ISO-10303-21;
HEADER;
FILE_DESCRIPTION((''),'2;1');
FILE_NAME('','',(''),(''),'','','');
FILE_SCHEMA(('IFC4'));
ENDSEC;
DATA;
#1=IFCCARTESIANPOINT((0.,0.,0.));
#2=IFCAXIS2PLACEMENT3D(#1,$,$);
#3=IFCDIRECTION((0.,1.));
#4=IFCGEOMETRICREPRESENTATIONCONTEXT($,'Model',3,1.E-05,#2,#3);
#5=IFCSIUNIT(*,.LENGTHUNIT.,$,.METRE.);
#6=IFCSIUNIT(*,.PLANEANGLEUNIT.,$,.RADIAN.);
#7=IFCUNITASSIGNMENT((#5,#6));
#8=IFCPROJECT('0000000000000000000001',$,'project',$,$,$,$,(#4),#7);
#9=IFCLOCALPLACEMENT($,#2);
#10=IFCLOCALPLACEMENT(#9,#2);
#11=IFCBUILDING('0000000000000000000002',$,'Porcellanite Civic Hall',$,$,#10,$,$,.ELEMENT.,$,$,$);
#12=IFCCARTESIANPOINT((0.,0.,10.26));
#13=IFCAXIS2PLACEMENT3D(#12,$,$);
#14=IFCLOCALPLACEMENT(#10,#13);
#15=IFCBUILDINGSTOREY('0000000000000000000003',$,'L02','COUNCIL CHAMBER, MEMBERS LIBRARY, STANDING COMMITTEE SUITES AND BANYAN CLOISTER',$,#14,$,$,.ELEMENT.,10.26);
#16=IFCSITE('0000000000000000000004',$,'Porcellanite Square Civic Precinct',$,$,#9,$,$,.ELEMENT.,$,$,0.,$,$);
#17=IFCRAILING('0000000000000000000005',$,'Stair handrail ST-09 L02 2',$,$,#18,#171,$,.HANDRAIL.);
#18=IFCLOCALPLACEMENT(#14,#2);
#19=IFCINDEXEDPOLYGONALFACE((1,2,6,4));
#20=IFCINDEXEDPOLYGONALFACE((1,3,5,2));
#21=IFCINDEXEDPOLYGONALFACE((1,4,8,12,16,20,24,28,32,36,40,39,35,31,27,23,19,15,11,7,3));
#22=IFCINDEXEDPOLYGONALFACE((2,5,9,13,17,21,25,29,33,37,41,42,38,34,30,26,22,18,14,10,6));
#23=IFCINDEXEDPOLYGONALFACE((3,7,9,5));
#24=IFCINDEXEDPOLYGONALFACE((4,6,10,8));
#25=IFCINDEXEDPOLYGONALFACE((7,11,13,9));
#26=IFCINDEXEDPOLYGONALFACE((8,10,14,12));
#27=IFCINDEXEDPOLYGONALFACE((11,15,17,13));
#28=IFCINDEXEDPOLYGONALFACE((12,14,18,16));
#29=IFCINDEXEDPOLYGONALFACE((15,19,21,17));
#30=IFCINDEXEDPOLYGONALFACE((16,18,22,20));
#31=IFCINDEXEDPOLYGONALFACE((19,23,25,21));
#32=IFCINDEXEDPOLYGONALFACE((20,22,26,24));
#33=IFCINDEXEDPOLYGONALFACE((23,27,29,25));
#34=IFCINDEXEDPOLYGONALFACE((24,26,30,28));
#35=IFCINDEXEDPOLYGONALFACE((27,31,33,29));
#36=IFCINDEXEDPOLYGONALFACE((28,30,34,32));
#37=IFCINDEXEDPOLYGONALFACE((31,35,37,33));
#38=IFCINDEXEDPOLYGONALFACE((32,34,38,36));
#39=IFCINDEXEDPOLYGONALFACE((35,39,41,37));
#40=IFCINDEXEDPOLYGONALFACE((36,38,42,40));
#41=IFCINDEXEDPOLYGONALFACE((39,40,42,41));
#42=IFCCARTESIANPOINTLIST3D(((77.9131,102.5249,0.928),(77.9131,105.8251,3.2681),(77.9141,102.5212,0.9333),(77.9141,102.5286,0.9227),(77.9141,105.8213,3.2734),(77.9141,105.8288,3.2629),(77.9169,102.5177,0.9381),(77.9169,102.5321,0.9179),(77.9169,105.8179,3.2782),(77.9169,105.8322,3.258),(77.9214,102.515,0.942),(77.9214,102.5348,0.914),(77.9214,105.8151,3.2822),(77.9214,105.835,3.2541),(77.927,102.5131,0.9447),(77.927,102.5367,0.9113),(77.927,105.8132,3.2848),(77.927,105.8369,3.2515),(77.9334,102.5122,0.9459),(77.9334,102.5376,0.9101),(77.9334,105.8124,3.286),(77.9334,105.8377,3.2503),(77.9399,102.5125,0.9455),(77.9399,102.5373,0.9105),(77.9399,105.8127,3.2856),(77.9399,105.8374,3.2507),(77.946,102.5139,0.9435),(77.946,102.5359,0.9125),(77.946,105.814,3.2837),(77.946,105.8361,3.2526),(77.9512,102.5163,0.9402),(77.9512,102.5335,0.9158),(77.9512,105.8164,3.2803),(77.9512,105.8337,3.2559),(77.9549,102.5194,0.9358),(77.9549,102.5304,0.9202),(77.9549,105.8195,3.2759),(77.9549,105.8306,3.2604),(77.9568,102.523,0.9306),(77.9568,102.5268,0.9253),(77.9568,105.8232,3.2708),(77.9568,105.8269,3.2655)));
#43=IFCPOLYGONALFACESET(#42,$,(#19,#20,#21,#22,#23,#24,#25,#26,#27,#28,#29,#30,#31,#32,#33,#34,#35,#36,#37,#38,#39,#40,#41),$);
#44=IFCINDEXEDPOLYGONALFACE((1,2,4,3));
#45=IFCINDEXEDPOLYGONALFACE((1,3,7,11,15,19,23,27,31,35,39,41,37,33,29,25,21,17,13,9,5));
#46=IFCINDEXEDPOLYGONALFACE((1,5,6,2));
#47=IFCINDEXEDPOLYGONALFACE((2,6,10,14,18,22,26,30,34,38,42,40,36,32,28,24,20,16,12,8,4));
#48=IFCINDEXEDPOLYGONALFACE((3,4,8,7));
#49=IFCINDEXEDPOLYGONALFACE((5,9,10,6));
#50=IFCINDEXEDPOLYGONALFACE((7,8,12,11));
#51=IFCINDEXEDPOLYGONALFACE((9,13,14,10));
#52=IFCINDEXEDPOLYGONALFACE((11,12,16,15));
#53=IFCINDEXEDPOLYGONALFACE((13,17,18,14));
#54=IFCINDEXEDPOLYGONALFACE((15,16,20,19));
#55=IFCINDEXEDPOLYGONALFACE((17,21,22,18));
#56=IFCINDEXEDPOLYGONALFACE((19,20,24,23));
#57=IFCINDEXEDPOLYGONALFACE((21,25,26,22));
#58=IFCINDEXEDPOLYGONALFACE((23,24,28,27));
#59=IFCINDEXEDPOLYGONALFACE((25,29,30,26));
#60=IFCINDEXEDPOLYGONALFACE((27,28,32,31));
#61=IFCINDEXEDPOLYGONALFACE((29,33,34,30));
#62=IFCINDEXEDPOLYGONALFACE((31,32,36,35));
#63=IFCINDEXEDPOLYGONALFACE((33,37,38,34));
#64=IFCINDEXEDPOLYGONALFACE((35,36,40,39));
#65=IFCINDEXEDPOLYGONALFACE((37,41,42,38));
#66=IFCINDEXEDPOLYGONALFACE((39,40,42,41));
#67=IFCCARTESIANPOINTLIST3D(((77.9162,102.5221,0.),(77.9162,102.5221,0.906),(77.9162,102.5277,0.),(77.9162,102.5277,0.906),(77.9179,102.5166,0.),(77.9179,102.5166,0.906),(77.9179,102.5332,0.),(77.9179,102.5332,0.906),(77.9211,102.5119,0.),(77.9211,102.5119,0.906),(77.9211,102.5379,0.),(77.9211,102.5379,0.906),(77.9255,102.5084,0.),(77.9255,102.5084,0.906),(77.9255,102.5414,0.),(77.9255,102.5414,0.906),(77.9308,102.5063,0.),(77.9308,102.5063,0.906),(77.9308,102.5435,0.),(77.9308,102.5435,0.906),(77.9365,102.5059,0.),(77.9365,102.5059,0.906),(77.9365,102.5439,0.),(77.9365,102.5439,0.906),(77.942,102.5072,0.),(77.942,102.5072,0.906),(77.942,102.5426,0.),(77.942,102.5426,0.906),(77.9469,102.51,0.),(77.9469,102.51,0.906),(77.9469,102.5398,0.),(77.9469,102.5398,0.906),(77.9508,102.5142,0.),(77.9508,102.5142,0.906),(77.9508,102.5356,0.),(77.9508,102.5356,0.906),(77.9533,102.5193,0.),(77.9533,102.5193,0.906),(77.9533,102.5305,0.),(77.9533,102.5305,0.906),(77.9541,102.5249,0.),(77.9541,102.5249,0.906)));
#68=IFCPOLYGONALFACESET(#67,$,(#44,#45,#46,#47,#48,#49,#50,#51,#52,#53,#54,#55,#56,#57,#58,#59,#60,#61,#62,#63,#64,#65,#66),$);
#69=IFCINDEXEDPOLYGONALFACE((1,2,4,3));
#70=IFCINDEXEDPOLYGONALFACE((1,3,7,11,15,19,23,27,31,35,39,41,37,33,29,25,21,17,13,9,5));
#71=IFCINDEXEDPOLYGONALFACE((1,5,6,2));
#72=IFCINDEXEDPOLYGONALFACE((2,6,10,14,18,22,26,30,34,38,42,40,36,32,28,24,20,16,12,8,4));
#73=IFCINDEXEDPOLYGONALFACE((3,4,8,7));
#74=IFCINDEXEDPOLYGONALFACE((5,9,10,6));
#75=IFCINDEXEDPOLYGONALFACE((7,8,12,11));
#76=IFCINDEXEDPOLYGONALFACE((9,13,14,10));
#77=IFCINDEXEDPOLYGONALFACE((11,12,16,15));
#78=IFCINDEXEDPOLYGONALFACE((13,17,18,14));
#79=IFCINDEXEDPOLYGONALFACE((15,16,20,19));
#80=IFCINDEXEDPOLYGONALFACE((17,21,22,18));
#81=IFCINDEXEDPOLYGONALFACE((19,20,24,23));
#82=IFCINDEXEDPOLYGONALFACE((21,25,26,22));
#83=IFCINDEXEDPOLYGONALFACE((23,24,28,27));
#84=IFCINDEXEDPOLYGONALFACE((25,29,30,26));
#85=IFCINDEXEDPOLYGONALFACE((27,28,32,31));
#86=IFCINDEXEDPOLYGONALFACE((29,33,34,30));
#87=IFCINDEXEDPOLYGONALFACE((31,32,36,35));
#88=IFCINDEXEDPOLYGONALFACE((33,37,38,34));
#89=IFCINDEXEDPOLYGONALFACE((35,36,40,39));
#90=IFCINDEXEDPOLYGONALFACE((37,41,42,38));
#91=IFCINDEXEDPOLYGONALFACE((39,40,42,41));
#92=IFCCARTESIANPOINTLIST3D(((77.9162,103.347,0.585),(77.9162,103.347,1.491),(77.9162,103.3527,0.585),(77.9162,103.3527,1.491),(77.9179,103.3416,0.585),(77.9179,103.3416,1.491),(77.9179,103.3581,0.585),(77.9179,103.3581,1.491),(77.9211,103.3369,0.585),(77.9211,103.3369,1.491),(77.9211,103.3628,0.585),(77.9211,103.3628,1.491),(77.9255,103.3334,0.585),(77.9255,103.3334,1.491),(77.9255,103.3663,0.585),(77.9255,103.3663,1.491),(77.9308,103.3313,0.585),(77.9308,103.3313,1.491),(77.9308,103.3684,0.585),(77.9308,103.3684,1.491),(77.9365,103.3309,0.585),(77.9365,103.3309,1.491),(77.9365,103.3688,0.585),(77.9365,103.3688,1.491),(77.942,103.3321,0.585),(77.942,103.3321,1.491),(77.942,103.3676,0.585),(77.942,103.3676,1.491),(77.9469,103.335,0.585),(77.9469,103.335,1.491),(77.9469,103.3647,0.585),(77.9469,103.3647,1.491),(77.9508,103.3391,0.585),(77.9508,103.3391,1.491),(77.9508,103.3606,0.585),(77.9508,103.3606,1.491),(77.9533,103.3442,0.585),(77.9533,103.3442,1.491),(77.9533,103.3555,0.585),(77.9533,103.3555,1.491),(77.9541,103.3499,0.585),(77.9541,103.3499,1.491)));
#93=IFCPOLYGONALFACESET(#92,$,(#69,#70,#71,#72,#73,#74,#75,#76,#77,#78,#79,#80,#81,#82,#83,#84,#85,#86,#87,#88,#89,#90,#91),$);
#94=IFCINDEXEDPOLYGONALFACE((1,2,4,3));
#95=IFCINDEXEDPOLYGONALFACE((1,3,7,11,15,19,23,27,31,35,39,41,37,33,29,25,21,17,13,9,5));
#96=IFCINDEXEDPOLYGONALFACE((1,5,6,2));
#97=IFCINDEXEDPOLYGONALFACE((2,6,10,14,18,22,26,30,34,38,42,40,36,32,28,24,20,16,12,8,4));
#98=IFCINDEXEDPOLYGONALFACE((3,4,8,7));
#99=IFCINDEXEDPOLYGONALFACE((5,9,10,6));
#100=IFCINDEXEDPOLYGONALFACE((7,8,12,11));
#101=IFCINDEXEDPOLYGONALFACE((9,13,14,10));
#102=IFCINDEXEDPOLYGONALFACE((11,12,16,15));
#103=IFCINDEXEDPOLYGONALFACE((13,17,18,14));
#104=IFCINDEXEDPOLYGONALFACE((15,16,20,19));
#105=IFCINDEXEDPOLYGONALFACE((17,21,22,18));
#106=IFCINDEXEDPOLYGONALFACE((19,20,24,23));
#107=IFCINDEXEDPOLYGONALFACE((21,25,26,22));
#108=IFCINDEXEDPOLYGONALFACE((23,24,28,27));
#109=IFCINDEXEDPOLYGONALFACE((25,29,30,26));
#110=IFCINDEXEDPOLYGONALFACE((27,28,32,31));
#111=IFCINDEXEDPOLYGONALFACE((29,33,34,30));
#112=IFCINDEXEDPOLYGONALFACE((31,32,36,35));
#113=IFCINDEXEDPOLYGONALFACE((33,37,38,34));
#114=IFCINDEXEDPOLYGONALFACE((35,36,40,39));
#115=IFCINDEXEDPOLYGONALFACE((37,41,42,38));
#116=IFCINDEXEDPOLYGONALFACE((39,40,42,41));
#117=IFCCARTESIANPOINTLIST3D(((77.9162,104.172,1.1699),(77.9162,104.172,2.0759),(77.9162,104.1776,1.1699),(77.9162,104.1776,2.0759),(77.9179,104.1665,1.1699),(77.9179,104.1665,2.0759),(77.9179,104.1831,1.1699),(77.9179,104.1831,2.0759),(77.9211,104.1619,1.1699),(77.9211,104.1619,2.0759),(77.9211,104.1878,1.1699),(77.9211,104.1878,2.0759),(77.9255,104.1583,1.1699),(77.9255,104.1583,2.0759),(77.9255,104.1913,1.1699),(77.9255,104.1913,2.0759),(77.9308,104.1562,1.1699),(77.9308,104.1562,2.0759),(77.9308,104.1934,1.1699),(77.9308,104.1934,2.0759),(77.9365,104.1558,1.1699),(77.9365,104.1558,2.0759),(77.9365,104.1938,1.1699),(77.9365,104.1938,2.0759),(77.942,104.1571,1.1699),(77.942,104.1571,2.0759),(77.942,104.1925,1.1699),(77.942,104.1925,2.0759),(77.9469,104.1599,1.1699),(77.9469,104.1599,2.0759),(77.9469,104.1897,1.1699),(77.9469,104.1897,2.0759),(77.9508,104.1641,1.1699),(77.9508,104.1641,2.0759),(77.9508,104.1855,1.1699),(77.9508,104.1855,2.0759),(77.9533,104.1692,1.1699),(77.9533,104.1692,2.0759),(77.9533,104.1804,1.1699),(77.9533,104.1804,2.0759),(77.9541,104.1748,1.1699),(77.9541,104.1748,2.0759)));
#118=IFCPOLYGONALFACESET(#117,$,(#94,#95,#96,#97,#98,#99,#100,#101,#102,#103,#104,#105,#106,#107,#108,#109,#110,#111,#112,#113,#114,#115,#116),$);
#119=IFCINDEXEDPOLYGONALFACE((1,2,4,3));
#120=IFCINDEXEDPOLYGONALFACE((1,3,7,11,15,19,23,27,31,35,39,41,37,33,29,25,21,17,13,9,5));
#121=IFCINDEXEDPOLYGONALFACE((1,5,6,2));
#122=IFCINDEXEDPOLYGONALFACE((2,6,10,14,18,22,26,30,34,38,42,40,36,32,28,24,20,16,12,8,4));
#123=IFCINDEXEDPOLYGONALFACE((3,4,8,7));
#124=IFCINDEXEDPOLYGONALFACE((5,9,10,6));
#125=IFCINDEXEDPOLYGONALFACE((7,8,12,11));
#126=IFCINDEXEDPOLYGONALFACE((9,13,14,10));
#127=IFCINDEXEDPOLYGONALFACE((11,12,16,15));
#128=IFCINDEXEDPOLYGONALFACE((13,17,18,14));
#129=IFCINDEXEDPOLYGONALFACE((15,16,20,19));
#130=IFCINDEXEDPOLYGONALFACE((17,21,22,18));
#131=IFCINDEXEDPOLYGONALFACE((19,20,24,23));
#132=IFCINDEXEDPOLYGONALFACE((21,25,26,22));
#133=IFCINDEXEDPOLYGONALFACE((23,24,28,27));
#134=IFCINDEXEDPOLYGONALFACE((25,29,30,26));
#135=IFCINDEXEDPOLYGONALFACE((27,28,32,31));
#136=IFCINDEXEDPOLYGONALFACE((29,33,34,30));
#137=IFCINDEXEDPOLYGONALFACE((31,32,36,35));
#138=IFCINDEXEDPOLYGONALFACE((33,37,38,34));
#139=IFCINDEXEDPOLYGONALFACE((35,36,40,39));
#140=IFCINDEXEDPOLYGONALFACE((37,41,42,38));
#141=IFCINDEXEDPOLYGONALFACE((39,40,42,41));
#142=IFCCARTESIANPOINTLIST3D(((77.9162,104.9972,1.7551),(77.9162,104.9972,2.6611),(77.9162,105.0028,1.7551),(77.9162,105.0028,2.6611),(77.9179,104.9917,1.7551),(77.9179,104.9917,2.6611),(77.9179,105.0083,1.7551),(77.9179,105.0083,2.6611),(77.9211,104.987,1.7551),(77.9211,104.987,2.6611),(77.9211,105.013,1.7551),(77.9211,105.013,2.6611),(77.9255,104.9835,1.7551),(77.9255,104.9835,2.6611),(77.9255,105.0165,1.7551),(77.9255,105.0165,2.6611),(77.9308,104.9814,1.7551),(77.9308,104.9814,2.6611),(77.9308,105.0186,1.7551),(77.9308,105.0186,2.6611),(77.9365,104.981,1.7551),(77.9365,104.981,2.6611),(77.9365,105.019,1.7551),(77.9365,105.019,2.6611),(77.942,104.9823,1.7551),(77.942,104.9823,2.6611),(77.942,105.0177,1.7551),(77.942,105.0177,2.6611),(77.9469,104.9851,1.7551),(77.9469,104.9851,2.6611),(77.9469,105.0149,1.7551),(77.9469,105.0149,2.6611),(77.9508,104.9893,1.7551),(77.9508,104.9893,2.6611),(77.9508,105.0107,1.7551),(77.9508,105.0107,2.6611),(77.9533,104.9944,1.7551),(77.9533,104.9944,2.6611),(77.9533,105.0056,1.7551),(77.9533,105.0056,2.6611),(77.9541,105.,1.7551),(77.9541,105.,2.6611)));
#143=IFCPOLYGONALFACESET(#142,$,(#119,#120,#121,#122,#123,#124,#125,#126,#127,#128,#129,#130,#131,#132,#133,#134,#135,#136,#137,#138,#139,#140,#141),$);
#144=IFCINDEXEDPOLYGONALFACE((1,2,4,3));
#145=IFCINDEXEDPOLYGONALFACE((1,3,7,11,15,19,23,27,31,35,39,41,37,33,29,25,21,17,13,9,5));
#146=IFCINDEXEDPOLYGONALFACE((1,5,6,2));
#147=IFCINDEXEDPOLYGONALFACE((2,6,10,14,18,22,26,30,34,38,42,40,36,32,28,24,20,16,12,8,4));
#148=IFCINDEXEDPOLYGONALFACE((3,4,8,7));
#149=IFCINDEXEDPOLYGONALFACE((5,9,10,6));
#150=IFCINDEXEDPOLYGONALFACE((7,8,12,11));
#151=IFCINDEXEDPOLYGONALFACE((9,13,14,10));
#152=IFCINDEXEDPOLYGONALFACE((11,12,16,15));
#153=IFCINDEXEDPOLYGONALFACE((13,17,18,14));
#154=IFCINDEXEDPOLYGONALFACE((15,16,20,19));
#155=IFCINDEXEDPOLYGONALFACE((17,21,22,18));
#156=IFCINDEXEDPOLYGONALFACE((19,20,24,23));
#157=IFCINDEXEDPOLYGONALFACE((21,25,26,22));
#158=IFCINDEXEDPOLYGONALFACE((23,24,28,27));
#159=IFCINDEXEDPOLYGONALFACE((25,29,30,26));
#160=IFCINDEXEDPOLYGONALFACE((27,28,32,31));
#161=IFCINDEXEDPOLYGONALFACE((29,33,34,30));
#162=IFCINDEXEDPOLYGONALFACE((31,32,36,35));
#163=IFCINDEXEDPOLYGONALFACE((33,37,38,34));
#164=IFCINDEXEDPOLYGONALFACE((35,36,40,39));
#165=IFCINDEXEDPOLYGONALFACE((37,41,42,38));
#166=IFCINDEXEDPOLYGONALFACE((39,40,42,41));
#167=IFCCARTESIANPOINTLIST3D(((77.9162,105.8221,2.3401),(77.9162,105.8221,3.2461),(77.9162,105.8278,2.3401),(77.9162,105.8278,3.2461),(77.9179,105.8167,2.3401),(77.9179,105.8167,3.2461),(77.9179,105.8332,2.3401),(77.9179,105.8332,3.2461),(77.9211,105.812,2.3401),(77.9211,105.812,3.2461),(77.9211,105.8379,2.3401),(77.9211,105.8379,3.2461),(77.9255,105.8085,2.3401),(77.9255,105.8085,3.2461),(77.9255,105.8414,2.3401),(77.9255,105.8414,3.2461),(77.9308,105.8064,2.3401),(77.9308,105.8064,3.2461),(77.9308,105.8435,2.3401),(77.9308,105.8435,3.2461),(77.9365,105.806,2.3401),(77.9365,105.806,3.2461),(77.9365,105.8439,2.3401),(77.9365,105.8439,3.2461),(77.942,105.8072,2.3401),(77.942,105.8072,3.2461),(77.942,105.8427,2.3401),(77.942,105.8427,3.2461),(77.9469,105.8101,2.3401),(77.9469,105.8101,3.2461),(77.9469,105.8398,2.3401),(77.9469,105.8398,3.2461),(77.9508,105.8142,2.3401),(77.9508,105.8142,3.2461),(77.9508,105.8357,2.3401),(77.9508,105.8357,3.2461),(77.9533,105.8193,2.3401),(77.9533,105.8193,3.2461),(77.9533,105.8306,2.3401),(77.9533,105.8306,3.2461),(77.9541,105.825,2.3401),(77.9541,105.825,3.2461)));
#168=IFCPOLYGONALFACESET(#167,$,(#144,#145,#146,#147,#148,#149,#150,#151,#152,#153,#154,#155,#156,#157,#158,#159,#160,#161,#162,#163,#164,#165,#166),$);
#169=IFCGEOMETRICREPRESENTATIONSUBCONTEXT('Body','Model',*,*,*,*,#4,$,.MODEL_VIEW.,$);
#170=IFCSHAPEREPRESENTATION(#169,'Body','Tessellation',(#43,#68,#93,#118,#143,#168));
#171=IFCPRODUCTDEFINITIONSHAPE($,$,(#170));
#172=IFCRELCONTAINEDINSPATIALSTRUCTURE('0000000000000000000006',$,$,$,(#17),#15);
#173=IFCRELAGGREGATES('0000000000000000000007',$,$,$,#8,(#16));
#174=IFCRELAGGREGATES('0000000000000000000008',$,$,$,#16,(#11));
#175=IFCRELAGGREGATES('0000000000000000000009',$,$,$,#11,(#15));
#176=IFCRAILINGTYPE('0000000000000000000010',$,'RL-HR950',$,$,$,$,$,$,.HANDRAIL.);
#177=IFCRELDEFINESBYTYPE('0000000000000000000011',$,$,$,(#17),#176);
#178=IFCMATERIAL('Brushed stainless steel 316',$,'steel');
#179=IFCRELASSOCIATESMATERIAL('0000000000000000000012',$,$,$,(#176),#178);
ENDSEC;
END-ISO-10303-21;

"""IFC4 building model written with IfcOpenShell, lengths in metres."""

from ifc_helpers import new_model, si_unit, direction, frame, origin, origin_2d, place, context, subcontext, project, spatial, circle, extrude, material, type_object, element, save


model = new_model("IFC4")

# Units and contexts
model_context = context("Model", 3, precision=1e-05, world=origin(), true_north=direction((0.0, 1.0)))
body_context = subcontext(model_context, "Body", "Model", "MODEL_VIEW")
ifc_project = project(units=[si_unit("LENGTHUNIT", "METRE"), si_unit("PLANEANGLEUNIT", "RADIAN")], contexts=[model_context])

# Site, building, storey
site_placement = place(None, origin())
site = spatial("IfcSite", under=ifc_project, at=site_placement, Name="Porcellanite Square Civic Precinct", CompositionType="ELEMENT", RefElevation=0.0)
building_placement = place(site_placement, origin())
building = spatial("IfcBuilding", under=site, at=building_placement, Name="Porcellanite Civic Hall", CompositionType="ELEMENT")
storey_placement = place(building_placement, frame((0.0, 0.0, 10.26)))
storey = spatial("IfcBuildingStorey", under=building, at=storey_placement, Name="L02", Description="COUNCIL CHAMBER, MEMBERS LIBRARY, STANDING COMMITTEE SUITES AND BANYAN CLOISTER", CompositionType="ELEMENT", Elevation=10.26)

# Railing
ifc_material_1 = material(Name="Brushed stainless steel 316", Category="steel")
railing_type_1 = type_object("IfcRailingType", Name="RL-HR950", PredefinedType="HANDRAIL", material=ifc_material_1)
railing_1_placement = place(storey_placement, frame((77.9351, 102.5249, 0.0)))
element("IfcRailing", 1, at=railing_1_placement, inside=storey, type_object=railing_type_1, Name="Stair handrail ST-09 L02 2", PredefinedType="HANDRAIL", context=body_context, shape_type="SweptSolid", body=[
    extrude(circle(Radius=0.022, at=origin_2d()), frame((0.0, 0.0, 0.928), z_axis=(0.0, 0.815727, 0.578438), x_axis=(-1.0, 0.0, 0.0)), (0.0, 0.0, 1.0), 4.0457),
    extrude(circle(Radius=0.019, at=origin_2d()), origin(), (0.0, 0.0, 1.0), 0.906),
    extrude(circle(Radius=0.019, at=origin_2d()), frame((0.0, 0.825, 0.585)), (0.0, 0.0, 1.0), 0.906),
    extrude(circle(Radius=0.019, at=origin_2d()), frame((0.0, 1.6499, 1.1699)), (0.0, 0.0, 1.0), 0.906),
    extrude(circle(Radius=0.019, at=origin_2d()), frame((0.0, 2.4751, 1.7551)), (0.0, 0.0, 1.0), 0.906),
    extrude(circle(Radius=0.019, at=origin_2d()), frame((0.0, 3.3, 2.3401)), (0.0, 0.0, 1.0), 0.906),
])

save(model, "model.ifc")
